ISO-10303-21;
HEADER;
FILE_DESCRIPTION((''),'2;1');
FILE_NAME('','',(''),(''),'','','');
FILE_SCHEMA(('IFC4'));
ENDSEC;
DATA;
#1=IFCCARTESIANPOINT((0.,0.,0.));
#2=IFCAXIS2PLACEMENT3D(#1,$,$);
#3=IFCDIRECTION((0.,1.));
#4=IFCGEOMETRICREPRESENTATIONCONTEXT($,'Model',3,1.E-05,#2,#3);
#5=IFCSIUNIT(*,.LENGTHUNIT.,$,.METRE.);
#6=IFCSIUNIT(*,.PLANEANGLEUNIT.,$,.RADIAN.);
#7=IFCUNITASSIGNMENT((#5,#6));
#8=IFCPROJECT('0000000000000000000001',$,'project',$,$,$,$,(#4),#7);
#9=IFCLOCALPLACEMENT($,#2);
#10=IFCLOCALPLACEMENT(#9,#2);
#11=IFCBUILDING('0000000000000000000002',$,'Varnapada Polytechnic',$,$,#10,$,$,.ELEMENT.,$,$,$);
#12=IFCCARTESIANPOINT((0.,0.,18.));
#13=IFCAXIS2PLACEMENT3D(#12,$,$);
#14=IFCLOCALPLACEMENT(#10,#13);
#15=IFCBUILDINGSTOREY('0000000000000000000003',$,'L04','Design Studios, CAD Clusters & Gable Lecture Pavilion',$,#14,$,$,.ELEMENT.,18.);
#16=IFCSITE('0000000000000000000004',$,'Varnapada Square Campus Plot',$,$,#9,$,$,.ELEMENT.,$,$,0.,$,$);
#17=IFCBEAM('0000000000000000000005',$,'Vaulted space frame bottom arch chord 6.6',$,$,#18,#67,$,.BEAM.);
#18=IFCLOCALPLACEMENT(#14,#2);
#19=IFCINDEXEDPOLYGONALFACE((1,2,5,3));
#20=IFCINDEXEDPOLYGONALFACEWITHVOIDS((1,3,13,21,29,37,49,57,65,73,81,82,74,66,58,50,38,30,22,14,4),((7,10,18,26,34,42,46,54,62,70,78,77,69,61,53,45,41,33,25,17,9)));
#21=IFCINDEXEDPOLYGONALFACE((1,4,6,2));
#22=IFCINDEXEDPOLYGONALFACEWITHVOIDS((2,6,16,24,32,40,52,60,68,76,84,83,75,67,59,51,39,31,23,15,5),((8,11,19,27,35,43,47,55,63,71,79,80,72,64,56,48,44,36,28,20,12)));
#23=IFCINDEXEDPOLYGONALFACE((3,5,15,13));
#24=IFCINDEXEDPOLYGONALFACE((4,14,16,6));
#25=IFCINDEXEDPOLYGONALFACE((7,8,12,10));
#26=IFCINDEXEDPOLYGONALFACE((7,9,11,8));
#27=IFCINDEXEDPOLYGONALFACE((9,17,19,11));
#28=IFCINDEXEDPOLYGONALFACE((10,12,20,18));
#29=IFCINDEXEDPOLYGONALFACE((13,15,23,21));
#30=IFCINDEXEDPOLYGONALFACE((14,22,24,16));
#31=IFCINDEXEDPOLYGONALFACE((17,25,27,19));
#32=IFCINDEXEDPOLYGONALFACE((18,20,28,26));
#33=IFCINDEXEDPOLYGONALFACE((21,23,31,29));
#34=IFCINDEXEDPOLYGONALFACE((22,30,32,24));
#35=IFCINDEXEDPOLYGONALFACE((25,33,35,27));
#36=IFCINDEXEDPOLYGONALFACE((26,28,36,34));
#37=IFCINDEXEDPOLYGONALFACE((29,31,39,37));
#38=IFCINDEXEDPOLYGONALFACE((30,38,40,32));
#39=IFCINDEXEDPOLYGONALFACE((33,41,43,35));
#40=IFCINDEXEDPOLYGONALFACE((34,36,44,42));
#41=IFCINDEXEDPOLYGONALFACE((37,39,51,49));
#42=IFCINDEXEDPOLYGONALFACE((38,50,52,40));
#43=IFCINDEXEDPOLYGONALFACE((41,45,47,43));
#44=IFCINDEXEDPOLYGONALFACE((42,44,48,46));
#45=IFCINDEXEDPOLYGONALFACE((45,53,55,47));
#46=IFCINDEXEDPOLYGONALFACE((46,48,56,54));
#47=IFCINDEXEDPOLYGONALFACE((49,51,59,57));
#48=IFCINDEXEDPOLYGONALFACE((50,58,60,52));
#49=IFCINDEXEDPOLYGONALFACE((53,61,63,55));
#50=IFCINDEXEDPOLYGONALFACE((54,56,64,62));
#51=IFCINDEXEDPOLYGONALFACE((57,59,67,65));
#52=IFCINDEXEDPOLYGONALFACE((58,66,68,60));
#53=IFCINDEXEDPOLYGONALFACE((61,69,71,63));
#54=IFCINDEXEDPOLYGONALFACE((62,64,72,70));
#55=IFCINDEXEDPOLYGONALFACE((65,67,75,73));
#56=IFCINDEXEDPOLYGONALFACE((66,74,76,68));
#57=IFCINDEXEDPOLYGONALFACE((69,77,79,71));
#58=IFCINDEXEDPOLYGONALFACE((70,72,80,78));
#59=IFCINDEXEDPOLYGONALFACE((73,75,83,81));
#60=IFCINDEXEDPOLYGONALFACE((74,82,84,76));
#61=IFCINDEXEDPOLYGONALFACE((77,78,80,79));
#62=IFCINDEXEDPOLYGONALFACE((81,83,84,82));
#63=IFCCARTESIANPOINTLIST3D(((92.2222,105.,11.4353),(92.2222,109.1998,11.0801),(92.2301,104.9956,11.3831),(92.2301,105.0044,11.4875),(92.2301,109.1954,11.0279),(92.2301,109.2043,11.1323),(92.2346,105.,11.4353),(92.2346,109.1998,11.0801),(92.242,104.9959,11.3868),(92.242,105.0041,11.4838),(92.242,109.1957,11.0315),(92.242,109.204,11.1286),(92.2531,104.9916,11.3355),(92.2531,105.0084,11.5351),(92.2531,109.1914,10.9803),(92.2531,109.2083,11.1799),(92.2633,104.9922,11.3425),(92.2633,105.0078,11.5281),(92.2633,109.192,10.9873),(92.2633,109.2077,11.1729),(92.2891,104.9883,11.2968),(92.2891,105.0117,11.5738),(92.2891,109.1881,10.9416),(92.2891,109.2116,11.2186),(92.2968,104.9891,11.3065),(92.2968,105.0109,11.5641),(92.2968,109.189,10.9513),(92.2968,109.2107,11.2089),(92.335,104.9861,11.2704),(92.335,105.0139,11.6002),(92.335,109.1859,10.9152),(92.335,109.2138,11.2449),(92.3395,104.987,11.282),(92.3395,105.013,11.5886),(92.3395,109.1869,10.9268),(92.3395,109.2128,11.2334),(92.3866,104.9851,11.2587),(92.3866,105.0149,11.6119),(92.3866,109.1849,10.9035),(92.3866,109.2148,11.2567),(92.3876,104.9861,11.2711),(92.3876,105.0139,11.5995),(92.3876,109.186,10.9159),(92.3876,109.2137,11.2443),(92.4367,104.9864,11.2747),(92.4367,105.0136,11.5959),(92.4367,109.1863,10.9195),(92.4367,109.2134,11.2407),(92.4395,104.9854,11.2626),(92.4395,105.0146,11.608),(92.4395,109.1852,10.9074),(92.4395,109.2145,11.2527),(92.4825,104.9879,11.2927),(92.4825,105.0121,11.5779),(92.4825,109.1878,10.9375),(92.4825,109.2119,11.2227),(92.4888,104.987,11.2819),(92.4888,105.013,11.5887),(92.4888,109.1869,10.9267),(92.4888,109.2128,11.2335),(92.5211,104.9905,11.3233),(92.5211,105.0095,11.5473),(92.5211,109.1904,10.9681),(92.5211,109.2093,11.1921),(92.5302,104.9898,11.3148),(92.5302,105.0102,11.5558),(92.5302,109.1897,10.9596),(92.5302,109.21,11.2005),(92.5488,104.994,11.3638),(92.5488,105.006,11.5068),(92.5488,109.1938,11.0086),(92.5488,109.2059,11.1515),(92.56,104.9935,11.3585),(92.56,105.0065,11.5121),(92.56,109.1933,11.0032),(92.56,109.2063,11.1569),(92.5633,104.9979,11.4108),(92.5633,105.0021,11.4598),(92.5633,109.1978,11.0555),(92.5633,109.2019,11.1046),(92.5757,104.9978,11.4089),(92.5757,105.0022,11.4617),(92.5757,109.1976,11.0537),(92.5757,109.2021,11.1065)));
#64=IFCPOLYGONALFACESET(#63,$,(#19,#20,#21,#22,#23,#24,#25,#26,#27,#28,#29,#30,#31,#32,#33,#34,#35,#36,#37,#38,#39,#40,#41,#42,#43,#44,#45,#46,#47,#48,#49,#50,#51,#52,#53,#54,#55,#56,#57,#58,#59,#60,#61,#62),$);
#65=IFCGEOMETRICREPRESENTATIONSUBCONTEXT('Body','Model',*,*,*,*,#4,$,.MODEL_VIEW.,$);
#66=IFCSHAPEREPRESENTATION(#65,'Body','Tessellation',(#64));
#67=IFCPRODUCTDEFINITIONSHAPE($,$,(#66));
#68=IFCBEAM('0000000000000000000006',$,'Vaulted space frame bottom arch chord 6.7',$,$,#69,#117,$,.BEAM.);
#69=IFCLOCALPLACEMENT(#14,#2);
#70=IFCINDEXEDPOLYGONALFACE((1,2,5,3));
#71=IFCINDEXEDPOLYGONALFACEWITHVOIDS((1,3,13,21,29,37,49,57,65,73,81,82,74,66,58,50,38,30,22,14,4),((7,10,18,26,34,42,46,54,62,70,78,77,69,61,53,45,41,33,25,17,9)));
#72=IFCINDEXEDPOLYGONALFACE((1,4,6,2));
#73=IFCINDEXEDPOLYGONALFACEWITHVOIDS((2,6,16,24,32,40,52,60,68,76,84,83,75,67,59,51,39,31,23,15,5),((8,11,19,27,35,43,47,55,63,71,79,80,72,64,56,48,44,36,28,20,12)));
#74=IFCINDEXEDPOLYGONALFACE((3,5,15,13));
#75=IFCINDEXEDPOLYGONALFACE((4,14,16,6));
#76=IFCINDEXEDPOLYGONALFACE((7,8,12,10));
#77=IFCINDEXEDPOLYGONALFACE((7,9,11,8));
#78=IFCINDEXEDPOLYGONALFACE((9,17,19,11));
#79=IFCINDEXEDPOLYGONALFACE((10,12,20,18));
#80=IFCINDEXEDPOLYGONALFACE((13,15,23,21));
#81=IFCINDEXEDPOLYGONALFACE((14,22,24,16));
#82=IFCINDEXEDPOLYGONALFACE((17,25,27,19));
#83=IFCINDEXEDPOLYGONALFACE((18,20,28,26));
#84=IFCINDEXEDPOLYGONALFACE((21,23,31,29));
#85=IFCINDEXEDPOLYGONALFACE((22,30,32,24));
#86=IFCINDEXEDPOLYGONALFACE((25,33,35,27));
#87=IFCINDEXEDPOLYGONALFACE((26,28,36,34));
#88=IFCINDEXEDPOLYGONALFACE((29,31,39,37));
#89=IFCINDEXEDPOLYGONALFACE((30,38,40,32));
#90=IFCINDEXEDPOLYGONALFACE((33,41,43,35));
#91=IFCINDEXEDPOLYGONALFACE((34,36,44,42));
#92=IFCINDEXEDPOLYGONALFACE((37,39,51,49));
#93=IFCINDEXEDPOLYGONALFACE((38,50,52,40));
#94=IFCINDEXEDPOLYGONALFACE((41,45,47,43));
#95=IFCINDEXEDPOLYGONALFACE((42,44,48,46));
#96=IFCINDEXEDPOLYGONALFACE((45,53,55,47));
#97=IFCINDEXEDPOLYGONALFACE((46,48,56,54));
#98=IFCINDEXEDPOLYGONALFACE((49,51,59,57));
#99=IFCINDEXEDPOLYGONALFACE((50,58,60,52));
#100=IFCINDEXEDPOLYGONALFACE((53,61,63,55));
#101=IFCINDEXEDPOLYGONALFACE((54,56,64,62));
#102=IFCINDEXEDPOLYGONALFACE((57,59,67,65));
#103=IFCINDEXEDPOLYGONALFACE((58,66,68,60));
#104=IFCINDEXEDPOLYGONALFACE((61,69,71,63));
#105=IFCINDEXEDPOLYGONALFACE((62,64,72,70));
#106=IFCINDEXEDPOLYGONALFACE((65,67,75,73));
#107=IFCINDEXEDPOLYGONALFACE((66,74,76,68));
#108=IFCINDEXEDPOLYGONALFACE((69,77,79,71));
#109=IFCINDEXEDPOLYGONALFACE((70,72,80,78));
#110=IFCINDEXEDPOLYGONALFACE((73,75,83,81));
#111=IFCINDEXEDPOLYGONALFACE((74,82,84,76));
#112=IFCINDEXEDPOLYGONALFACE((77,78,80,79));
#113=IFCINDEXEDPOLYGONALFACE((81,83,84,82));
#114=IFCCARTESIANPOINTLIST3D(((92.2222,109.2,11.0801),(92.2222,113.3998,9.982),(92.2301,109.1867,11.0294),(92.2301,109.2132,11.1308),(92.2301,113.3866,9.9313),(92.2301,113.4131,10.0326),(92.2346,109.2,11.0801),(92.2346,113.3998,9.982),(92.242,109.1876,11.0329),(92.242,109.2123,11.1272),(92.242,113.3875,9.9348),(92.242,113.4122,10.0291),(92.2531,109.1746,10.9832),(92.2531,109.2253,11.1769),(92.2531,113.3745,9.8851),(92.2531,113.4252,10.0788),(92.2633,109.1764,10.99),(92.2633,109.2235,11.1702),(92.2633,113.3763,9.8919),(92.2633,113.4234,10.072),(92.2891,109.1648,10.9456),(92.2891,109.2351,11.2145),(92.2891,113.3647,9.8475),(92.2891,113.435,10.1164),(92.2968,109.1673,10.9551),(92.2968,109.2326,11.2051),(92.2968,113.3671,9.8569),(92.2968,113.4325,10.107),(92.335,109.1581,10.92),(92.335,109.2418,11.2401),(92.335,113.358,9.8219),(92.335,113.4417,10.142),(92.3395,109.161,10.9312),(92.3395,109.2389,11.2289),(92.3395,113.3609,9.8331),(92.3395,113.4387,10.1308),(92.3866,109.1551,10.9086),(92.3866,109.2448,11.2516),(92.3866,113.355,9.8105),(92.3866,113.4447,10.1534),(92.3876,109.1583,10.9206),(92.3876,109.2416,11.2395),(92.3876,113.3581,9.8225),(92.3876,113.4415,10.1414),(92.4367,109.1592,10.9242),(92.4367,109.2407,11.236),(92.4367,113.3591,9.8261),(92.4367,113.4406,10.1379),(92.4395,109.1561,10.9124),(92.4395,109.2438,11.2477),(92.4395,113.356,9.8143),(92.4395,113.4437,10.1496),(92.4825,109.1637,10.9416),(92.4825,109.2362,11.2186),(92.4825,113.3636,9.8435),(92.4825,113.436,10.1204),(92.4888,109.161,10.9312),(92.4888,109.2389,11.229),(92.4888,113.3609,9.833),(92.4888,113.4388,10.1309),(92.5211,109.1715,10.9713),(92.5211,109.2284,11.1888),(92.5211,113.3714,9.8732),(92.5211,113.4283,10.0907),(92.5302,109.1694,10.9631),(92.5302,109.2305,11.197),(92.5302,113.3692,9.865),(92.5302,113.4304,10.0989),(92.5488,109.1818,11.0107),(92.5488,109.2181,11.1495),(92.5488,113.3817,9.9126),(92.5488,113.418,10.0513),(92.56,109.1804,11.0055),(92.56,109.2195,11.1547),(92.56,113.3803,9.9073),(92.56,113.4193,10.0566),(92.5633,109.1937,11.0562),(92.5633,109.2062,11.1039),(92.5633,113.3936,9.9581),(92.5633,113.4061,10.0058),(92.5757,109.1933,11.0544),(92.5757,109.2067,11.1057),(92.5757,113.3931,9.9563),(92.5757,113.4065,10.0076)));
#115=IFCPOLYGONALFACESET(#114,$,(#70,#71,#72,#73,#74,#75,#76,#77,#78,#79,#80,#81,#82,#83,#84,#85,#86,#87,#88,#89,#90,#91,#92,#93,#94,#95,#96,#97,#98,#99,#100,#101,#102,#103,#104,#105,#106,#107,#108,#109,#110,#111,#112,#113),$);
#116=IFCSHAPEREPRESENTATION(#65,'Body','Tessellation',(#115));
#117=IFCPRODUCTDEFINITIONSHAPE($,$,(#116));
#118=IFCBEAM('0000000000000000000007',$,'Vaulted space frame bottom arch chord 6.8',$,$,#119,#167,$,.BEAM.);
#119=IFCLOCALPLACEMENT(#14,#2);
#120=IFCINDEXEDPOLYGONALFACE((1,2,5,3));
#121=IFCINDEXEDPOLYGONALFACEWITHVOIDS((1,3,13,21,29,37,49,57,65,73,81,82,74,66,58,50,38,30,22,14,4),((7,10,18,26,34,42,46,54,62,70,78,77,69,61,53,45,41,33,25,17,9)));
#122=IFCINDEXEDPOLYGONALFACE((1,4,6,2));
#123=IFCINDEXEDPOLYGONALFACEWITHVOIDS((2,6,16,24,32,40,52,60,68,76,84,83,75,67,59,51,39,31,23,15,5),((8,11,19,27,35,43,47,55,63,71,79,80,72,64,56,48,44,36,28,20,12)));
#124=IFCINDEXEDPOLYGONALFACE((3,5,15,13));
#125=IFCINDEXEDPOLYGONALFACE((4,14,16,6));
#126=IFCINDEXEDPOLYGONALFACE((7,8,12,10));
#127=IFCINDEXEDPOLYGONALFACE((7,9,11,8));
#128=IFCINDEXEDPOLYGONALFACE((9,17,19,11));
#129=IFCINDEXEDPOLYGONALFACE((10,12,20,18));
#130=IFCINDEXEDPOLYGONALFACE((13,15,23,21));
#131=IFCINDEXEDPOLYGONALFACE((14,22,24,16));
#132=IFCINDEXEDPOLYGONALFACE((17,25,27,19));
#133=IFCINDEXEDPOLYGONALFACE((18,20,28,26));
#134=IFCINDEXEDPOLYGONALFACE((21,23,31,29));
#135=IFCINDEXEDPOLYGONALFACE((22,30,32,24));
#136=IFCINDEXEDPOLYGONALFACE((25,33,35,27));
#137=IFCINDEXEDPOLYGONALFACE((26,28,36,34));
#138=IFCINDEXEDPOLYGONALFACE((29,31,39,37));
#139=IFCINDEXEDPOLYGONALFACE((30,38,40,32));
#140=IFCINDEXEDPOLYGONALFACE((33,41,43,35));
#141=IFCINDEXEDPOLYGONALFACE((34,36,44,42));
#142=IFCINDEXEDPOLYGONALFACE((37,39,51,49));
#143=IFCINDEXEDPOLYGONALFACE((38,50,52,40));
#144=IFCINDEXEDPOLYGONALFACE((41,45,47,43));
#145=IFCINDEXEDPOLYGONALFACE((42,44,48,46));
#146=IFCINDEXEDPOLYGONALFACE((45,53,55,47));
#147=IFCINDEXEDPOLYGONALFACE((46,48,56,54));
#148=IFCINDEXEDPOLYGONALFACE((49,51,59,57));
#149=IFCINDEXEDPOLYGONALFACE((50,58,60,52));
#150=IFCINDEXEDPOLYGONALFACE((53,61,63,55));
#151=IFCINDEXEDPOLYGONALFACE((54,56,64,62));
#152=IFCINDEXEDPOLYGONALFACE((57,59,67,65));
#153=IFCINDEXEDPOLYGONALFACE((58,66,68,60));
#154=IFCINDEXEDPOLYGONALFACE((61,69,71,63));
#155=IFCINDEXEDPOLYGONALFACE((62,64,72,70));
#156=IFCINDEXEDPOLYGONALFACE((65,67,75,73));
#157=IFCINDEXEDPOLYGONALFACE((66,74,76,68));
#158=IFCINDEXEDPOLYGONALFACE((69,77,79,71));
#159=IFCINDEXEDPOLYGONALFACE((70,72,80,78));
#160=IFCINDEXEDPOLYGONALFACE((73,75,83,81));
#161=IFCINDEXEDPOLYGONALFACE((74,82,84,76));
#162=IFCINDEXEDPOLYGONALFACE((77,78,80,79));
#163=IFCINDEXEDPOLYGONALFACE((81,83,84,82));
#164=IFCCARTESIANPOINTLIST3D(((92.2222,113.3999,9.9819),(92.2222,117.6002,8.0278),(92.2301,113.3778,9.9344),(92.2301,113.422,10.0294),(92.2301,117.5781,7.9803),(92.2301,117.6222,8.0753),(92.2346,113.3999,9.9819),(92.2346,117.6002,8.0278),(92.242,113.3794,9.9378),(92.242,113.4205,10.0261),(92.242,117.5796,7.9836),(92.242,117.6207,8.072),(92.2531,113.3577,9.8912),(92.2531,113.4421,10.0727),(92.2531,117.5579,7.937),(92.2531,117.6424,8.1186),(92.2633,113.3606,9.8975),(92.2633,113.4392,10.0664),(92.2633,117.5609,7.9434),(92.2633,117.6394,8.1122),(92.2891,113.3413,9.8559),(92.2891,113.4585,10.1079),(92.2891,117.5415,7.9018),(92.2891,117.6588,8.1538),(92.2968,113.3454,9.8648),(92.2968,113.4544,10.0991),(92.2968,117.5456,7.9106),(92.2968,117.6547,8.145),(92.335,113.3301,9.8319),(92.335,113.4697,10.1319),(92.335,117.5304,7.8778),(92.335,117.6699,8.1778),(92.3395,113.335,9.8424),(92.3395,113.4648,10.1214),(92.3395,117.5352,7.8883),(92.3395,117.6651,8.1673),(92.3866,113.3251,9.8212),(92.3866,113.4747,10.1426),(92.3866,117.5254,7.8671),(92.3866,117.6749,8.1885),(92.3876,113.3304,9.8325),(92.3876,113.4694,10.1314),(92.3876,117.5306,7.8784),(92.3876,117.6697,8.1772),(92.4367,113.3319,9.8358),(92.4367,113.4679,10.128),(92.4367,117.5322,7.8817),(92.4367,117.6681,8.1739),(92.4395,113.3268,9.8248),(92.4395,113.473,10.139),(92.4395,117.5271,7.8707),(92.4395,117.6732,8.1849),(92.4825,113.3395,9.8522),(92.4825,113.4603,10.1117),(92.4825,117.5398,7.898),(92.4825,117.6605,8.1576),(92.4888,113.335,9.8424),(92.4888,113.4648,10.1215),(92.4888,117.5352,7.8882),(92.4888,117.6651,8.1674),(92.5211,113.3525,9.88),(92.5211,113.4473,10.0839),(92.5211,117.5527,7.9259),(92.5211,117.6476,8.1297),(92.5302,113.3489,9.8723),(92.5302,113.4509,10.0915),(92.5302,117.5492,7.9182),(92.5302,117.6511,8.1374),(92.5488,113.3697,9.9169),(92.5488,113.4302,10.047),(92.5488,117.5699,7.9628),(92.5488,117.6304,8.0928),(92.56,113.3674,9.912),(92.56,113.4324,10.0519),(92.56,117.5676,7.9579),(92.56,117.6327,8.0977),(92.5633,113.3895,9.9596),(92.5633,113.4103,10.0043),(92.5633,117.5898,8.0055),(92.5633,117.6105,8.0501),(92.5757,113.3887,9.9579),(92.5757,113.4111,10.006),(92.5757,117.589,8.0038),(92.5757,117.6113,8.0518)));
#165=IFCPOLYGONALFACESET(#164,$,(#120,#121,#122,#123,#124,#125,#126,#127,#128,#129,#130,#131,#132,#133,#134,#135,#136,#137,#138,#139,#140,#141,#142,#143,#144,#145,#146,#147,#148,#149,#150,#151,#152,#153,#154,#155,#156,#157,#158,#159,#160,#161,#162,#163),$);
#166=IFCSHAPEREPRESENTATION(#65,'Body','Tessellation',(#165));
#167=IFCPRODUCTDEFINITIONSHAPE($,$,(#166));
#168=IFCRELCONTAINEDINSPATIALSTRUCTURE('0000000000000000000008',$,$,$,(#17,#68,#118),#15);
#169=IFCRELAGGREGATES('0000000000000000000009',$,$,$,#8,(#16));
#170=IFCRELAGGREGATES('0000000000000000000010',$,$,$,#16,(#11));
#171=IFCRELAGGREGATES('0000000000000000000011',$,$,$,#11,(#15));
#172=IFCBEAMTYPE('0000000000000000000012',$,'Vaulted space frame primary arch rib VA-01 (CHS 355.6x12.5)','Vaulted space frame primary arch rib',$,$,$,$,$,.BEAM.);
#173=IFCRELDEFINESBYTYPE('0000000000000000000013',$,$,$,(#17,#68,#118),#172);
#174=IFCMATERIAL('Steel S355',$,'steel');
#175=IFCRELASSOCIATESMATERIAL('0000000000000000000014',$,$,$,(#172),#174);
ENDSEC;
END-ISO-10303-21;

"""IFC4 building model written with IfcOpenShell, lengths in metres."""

from ifc_helpers import new_model, si_unit, direction, frame, origin, origin_2d, place, context, subcontext, project, spatial, hollow_circle, extrude, material, material_profile, profile_set, type_object, element, save


model = new_model("IFC4")

# Units and contexts
model_context = context("Model", 3, precision=1e-05, world=origin(), true_north=direction((0.0, 1.0)))
body_context = subcontext(model_context, "Body", "Model", "MODEL_VIEW")
ifc_project = project(units=[si_unit("LENGTHUNIT", "METRE"), si_unit("PLANEANGLEUNIT", "RADIAN")], contexts=[model_context])

# Site, building, storey
site_placement = place(None, origin())
site = spatial("IfcSite", under=ifc_project, at=site_placement, Name="Varnapada Square Campus Plot", CompositionType="ELEMENT", RefElevation=0.0)
building_placement = place(site_placement, origin())
building = spatial("IfcBuilding", under=site, at=building_placement, Name="Varnapada Polytechnic", CompositionType="ELEMENT")
storey_placement = place(building_placement, frame((0.0, 0.0, 18.0)))
storey = spatial("IfcBuildingStorey", under=building, at=storey_placement, Name="L04", Description="Design Studios, CAD Clusters & Gable Lecture Pavilion", CompositionType="ELEMENT", Elevation=18.0)

# Shared definitions
ifc_material = material(Name="Steel S355", Category="steel")

# Beams
ifc_material_profile_1 = material_profile(ifc_material, hollow_circle(Radius=0.1777, WallThickness=0.0125, at=origin_2d()), Name="CHS 355.6x12.5")
ifc_profile_set_1 = profile_set([ifc_material_profile_1], Name="Steel S355")
beam_type_1 = type_object("IfcBeamType", Name="Vaulted space frame primary arch rib VA-01 (CHS 355.6x12.5)", Description="Vaulted space frame primary arch rib", PredefinedType="BEAM", material=ifc_profile_set_1)
beam_1_placement = place(storey_placement, frame((92.3999, 105.0, 11.4353), z_axis=(0.0, 0.996442, -0.084277), x_axis=(-1.0, 0.0, 0.0)))
element("IfcBeam", 1, at=beam_1_placement, inside=storey, type_object=beam_type_1, Name="Vaulted space frame bottom arch chord 6.6", PredefinedType="BEAM", context=body_context, shape_type="SweptSolid", body=[
    extrude(hollow_circle(Radius=0.1777, WallThickness=0.0125, at=origin_2d()), origin(), (0.0, 0.0, 1.0), 4.2148),
])
beam_2_placement = place(storey_placement, frame((92.3999, 109.2, 11.0801), z_axis=(0.0, 0.967476, -0.252962), x_axis=(-1.0, 0.0, 0.0)))
element("IfcBeam", 2, at=beam_2_placement, inside=storey, type_object=beam_type_1, Name="Vaulted space frame bottom arch chord 6.7", PredefinedType="BEAM", context=body_context, shape_type="SweptSolid", body=[
    extrude(hollow_circle(Radius=0.1777, WallThickness=0.0125, at=origin_2d()), origin(), (0.0, 0.0, 1.0), 4.3411),
])
beam_3_placement = place(storey_placement, frame((92.3999, 113.3999, 9.9819), z_axis=(0.0, 0.906678, -0.421823), x_axis=(-1.0, 0.0, 0.0)))
element("IfcBeam", 3, at=beam_3_placement, inside=storey, type_object=beam_type_1, Name="Vaulted space frame bottom arch chord 6.8", PredefinedType="BEAM", context=body_context, shape_type="SweptSolid", body=[
    extrude(hollow_circle(Radius=0.1777, WallThickness=0.0125, at=origin_2d()), origin(), (0.0, 0.0, 1.0), 4.6326),
])

save(model, "model.ifc")
